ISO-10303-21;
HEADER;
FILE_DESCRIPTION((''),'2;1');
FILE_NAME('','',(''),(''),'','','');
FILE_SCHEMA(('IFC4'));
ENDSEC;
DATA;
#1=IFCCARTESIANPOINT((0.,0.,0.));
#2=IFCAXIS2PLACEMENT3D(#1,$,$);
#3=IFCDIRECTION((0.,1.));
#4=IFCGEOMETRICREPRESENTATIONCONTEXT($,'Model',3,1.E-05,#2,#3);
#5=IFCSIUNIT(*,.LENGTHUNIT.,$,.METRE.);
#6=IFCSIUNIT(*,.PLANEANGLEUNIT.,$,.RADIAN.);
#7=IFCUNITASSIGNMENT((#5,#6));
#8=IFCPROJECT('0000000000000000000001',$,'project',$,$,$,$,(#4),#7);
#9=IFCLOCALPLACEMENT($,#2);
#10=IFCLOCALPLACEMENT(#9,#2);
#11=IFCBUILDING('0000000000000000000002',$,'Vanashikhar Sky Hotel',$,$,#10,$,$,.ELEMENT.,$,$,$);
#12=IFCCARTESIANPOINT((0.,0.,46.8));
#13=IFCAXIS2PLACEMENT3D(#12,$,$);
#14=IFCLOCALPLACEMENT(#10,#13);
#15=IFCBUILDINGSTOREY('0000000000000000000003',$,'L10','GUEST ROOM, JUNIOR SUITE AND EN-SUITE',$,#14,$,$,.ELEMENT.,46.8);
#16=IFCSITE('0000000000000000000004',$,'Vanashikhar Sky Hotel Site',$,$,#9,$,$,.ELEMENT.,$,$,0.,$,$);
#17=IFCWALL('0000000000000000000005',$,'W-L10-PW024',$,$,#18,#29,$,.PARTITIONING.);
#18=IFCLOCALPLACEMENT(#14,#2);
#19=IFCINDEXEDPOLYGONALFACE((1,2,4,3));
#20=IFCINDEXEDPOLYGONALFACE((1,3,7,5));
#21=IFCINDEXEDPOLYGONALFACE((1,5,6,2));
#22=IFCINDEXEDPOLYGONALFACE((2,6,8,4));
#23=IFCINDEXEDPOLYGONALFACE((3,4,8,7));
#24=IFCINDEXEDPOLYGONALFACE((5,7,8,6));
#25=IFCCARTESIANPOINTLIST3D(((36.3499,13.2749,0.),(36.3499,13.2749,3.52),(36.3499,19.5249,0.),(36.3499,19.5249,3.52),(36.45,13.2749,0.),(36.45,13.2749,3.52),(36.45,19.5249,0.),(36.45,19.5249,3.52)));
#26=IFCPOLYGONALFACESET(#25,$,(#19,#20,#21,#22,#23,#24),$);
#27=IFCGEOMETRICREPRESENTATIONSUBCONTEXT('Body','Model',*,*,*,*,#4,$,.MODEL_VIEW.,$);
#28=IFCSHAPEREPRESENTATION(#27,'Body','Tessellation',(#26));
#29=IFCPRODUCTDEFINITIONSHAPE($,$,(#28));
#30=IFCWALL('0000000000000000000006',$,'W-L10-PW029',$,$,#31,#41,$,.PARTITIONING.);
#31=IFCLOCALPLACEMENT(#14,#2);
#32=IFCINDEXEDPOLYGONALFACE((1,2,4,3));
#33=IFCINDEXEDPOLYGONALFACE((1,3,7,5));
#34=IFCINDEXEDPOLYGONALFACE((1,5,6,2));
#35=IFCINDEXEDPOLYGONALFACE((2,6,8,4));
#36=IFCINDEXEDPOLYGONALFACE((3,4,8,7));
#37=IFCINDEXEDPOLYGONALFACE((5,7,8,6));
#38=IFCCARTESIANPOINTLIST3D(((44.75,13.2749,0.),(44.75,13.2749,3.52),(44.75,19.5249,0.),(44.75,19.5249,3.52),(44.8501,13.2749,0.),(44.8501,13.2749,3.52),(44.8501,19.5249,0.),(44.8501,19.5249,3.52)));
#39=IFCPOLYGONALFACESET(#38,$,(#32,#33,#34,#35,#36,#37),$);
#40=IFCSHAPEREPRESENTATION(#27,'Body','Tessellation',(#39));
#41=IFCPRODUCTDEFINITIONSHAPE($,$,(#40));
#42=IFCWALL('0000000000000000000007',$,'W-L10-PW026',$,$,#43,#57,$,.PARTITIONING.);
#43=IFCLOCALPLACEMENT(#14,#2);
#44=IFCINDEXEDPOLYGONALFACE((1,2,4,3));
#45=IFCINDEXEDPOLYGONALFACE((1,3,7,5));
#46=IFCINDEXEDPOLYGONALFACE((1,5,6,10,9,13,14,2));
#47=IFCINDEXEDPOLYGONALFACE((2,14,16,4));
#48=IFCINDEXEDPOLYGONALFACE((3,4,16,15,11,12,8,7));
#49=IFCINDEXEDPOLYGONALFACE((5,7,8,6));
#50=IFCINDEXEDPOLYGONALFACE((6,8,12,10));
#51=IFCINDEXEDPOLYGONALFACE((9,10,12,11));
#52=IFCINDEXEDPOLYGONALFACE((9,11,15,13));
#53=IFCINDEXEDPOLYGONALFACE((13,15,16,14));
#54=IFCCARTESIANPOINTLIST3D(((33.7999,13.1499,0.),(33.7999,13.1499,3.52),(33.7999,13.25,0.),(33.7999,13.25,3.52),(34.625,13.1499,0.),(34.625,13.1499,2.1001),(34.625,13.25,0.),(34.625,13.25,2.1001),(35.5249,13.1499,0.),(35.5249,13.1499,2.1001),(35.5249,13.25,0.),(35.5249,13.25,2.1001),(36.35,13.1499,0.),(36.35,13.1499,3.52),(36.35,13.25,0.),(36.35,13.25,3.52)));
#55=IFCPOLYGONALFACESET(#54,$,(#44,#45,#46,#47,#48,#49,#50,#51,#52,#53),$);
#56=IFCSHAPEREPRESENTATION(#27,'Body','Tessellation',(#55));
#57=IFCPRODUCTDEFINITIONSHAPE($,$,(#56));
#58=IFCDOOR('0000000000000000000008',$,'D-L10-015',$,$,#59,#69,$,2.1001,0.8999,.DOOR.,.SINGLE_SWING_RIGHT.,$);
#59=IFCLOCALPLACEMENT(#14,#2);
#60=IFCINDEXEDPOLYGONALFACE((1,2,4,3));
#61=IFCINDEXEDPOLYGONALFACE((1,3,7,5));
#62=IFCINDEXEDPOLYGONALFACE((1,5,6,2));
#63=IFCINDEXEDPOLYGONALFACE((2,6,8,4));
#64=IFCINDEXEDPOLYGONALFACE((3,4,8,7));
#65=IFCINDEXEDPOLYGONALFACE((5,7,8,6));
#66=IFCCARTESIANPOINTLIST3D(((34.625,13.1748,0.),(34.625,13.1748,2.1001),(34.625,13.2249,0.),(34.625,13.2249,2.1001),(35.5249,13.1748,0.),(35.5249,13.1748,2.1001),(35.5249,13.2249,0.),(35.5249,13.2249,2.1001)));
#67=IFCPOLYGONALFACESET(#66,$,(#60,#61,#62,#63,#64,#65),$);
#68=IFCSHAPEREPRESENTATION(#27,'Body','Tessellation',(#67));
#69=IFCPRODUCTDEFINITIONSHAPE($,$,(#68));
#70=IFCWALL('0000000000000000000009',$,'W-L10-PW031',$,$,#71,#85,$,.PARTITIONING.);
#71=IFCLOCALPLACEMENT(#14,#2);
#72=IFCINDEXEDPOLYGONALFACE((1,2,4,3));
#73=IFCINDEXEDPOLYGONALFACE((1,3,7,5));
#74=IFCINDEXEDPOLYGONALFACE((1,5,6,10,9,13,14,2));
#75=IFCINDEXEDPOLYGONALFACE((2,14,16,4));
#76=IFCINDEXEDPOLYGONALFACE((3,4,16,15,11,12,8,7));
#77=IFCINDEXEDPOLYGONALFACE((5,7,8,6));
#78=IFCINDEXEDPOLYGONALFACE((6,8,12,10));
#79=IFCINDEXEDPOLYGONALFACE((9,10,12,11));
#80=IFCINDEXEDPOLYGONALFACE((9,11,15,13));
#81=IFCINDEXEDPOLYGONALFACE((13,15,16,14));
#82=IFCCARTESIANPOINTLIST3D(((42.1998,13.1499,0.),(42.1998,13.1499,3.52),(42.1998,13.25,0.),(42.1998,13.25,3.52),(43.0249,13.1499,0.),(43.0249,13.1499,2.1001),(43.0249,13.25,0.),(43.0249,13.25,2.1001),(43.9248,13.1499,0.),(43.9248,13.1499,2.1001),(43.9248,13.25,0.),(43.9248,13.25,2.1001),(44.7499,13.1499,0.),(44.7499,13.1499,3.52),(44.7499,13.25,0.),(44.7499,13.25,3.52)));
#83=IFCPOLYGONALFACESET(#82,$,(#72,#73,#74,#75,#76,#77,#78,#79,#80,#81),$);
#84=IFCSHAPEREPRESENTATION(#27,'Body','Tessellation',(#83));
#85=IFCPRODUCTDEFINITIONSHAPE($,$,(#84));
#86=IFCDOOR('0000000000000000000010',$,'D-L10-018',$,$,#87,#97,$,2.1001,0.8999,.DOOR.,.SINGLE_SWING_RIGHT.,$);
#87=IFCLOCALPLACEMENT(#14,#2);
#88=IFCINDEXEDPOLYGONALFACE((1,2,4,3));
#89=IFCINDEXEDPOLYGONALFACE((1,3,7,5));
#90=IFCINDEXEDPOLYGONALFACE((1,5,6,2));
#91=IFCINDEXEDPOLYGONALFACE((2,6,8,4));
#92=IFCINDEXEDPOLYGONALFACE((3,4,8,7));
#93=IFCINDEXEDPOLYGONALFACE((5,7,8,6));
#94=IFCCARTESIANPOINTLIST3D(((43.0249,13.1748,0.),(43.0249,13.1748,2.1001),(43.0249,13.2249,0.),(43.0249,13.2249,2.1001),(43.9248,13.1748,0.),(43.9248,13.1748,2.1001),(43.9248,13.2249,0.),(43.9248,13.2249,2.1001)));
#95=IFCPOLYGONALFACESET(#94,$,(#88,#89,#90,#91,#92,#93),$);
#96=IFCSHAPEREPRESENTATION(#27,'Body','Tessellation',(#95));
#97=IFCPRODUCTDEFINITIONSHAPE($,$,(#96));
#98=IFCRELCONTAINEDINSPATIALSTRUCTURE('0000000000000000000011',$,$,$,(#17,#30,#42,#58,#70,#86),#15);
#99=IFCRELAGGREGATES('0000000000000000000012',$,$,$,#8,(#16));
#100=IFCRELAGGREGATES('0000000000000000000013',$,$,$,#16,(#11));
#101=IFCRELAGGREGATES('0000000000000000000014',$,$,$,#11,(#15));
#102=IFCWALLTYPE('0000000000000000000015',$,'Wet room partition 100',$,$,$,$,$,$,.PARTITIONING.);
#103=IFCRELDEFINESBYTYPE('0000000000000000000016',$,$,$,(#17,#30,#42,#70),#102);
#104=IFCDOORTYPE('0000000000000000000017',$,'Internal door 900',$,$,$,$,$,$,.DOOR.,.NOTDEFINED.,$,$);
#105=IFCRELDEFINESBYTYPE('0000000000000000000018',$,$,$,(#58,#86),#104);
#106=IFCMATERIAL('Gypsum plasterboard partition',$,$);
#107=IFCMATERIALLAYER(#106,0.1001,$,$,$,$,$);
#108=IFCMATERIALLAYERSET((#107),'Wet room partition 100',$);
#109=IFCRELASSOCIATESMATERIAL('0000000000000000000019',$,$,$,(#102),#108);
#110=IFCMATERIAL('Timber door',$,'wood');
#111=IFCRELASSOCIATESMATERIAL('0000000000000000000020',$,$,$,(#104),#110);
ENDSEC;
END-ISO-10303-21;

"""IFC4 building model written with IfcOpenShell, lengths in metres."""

from ifc_helpers import new_model, si_unit, direction, frame, frame_2d, origin, place, context, subcontext, project, spatial, rectangle, extrude, source, transform, mapped, material, layer, layer_set, type_object, element, fill, save


model = new_model("IFC4")

# Units and contexts
model_context = context("Model", 3, precision=1e-05, world=origin(), true_north=direction((0.0, 1.0)))
body_context = subcontext(model_context, "Body", "Model", "MODEL_VIEW")
ifc_project = project(units=[si_unit("LENGTHUNIT", "METRE"), si_unit("PLANEANGLEUNIT", "RADIAN")], contexts=[model_context])

# Site, building, storey
site_placement = place(None, origin())
site = spatial("IfcSite", under=ifc_project, at=site_placement, Name="Vanashikhar Sky Hotel Site", CompositionType="ELEMENT", RefElevation=0.0)
building_placement = place(site_placement, origin())
building = spatial("IfcBuilding", under=site, at=building_placement, Name="Vanashikhar Sky Hotel", CompositionType="ELEMENT")
storey_placement = place(building_placement, frame((0.0, 0.0, 46.8)))
storey = spatial("IfcBuildingStorey", under=building, at=storey_placement, Name="L10", Description="GUEST ROOM, JUNIOR SUITE AND EN-SUITE", CompositionType="ELEMENT", Elevation=46.8)

# Shared definitions
ifc_material_1 = material(Name="Gypsum plasterboard partition")
ifc_layer_1 = layer(ifc_material_1, 0.1001)
ifc_layer_set_1 = layer_set([ifc_layer_1], Name="Wet room partition 100")
wall_type_1 = type_object("IfcWallType", Name="Wet room partition 100", PredefinedType="PARTITIONING", material=ifc_layer_set_1)
shared_shape_1 = source(origin(), body_context, "Body", "SweptSolid", [
    extrude(rectangle(XDim=0.8999, YDim=2.1001, at=frame_2d((0.45, 1.05))), frame((0.0, 0.0601, 0.0), z_axis=(0.0, -1.0, 0.0), x_axis=(1.0, 0.0, 0.0)), (0.0, 0.0, 1.0), 0.1201),
])
ifc_material_2 = material(Name="Timber door", Category="wood")
door_type = type_object("IfcDoorType", Name="Internal door 900", OperationType="NOTDEFINED", PredefinedType="DOOR", material=ifc_material_2)
shared_shape_2 = source(origin(), body_context, "Body", "SweptSolid", [
    extrude(rectangle(XDim=0.8999, YDim=2.1001, at=frame_2d((0.45, 1.05))), frame((0.0, 0.0249, 0.0), z_axis=(0.0, -1.0, 0.0), x_axis=(1.0, 0.0, 0.0)), (0.0, 0.0, 1.0), 0.05),
])

# Walls
shared_shape_3 = source(origin(), body_context, "Body", "SweptSolid", [
    extrude(rectangle(XDim=6.25, YDim=0.1001, at=frame_2d((3.125, 0.0))), origin(), (0.0, 0.0, 1.0), 3.52),
])
for number, where, z_axis, x_axis, name in (
    (1, (36.3999, 13.2749, 0.0), (0.0, 0.0, 1.0), (0.0, 1.0, 0.0), "W-L10-PW024"),
    (2, (44.8, 13.2749, 0.0), (0.0, 0.0, 1.0), (0.0, 1.0, 0.0), "W-L10-PW029"),
):
    element("IfcWall", number, at=place(storey_placement, frame(where, z_axis=z_axis, x_axis=x_axis)), inside=storey, type_object=wall_type_1, Name=name, PredefinedType="PARTITIONING", context=body_context, shape_type="MappedRepresentation", body=[
        mapped(shared_shape_3, transform((0.0, 0.0, 0.0), scale=1.0)),
    ])

# Walls, openings, doors
shared_shape_4 = source(origin(), body_context, "Body", "SweptSolid", [
    extrude(rectangle(XDim=2.55, YDim=0.1001, at=frame_2d((1.2749, 0.0))), origin(), (0.0, 0.0, 1.0), 3.52),
])
wall_1_placement = place(storey_placement, frame((33.8, 13.2, 0.0), z_axis=(0.0, 0.0, 1.0), x_axis=(1.0, 0.0, 0.0)))
wall_1 = element("IfcWall", 3, at=wall_1_placement, inside=storey, type_object=wall_type_1, Name="W-L10-PW026", PredefinedType="PARTITIONING", context=body_context, shape_type="MappedRepresentation", body=[
    mapped(shared_shape_4, transform((0.0, 0.0, 0.0), scale=1.0)),
])
opening_1_placement = place(wall_1_placement, frame((0.825, 0.0, 0.0)))
opening_1 = element("IfcOpeningElement", 4, at=opening_1_placement, cuts=wall_1, PredefinedType="OPENING", context=body_context, shape_type="MappedRepresentation", body=[
    mapped(shared_shape_1, transform((0.0, 0.0, 0.0), scale=1.0)),
])
door_1_placement = place(opening_1_placement, origin())
door_1 = element("IfcDoor", 5, at=door_1_placement, inside=storey, type_object=door_type, Name="D-L10-015", OperationType="SINGLE_SWING_RIGHT", OverallHeight=2.1001, OverallWidth=0.8999, PredefinedType="DOOR", context=body_context, shape_type="MappedRepresentation", body=[
    mapped(shared_shape_2, transform((0.0, 0.0, 0.0), scale=1.0)),
])
fill(opening_1, door_1)
wall_2_placement = place(storey_placement, frame((42.2, 13.2, 0.0), z_axis=(0.0, 0.0, 1.0), x_axis=(1.0, 0.0, 0.0)))
wall_2 = element("IfcWall", 6, at=wall_2_placement, inside=storey, type_object=wall_type_1, Name="W-L10-PW031", PredefinedType="PARTITIONING", context=body_context, shape_type="MappedRepresentation", body=[
    mapped(shared_shape_4, transform((0.0, 0.0, 0.0), scale=1.0)),
])
opening_2_placement = place(wall_2_placement, frame((0.825, 0.0, 0.0)))
opening_2 = element("IfcOpeningElement", 7, at=opening_2_placement, cuts=wall_2, PredefinedType="OPENING", context=body_context, shape_type="MappedRepresentation", body=[
    mapped(shared_shape_1, transform((0.0, 0.0, 0.0), scale=1.0)),
])
door_2_placement = place(opening_2_placement, origin())
door_2 = element("IfcDoor", 8, at=door_2_placement, inside=storey, type_object=door_type, Name="D-L10-018", OperationType="SINGLE_SWING_RIGHT", OverallHeight=2.1001, OverallWidth=0.8999, PredefinedType="DOOR", context=body_context, shape_type="MappedRepresentation", body=[
    mapped(shared_shape_2, transform((0.0, 0.0, 0.0), scale=1.0)),
])
fill(opening_2, door_2)

save(model, "model.ifc")
